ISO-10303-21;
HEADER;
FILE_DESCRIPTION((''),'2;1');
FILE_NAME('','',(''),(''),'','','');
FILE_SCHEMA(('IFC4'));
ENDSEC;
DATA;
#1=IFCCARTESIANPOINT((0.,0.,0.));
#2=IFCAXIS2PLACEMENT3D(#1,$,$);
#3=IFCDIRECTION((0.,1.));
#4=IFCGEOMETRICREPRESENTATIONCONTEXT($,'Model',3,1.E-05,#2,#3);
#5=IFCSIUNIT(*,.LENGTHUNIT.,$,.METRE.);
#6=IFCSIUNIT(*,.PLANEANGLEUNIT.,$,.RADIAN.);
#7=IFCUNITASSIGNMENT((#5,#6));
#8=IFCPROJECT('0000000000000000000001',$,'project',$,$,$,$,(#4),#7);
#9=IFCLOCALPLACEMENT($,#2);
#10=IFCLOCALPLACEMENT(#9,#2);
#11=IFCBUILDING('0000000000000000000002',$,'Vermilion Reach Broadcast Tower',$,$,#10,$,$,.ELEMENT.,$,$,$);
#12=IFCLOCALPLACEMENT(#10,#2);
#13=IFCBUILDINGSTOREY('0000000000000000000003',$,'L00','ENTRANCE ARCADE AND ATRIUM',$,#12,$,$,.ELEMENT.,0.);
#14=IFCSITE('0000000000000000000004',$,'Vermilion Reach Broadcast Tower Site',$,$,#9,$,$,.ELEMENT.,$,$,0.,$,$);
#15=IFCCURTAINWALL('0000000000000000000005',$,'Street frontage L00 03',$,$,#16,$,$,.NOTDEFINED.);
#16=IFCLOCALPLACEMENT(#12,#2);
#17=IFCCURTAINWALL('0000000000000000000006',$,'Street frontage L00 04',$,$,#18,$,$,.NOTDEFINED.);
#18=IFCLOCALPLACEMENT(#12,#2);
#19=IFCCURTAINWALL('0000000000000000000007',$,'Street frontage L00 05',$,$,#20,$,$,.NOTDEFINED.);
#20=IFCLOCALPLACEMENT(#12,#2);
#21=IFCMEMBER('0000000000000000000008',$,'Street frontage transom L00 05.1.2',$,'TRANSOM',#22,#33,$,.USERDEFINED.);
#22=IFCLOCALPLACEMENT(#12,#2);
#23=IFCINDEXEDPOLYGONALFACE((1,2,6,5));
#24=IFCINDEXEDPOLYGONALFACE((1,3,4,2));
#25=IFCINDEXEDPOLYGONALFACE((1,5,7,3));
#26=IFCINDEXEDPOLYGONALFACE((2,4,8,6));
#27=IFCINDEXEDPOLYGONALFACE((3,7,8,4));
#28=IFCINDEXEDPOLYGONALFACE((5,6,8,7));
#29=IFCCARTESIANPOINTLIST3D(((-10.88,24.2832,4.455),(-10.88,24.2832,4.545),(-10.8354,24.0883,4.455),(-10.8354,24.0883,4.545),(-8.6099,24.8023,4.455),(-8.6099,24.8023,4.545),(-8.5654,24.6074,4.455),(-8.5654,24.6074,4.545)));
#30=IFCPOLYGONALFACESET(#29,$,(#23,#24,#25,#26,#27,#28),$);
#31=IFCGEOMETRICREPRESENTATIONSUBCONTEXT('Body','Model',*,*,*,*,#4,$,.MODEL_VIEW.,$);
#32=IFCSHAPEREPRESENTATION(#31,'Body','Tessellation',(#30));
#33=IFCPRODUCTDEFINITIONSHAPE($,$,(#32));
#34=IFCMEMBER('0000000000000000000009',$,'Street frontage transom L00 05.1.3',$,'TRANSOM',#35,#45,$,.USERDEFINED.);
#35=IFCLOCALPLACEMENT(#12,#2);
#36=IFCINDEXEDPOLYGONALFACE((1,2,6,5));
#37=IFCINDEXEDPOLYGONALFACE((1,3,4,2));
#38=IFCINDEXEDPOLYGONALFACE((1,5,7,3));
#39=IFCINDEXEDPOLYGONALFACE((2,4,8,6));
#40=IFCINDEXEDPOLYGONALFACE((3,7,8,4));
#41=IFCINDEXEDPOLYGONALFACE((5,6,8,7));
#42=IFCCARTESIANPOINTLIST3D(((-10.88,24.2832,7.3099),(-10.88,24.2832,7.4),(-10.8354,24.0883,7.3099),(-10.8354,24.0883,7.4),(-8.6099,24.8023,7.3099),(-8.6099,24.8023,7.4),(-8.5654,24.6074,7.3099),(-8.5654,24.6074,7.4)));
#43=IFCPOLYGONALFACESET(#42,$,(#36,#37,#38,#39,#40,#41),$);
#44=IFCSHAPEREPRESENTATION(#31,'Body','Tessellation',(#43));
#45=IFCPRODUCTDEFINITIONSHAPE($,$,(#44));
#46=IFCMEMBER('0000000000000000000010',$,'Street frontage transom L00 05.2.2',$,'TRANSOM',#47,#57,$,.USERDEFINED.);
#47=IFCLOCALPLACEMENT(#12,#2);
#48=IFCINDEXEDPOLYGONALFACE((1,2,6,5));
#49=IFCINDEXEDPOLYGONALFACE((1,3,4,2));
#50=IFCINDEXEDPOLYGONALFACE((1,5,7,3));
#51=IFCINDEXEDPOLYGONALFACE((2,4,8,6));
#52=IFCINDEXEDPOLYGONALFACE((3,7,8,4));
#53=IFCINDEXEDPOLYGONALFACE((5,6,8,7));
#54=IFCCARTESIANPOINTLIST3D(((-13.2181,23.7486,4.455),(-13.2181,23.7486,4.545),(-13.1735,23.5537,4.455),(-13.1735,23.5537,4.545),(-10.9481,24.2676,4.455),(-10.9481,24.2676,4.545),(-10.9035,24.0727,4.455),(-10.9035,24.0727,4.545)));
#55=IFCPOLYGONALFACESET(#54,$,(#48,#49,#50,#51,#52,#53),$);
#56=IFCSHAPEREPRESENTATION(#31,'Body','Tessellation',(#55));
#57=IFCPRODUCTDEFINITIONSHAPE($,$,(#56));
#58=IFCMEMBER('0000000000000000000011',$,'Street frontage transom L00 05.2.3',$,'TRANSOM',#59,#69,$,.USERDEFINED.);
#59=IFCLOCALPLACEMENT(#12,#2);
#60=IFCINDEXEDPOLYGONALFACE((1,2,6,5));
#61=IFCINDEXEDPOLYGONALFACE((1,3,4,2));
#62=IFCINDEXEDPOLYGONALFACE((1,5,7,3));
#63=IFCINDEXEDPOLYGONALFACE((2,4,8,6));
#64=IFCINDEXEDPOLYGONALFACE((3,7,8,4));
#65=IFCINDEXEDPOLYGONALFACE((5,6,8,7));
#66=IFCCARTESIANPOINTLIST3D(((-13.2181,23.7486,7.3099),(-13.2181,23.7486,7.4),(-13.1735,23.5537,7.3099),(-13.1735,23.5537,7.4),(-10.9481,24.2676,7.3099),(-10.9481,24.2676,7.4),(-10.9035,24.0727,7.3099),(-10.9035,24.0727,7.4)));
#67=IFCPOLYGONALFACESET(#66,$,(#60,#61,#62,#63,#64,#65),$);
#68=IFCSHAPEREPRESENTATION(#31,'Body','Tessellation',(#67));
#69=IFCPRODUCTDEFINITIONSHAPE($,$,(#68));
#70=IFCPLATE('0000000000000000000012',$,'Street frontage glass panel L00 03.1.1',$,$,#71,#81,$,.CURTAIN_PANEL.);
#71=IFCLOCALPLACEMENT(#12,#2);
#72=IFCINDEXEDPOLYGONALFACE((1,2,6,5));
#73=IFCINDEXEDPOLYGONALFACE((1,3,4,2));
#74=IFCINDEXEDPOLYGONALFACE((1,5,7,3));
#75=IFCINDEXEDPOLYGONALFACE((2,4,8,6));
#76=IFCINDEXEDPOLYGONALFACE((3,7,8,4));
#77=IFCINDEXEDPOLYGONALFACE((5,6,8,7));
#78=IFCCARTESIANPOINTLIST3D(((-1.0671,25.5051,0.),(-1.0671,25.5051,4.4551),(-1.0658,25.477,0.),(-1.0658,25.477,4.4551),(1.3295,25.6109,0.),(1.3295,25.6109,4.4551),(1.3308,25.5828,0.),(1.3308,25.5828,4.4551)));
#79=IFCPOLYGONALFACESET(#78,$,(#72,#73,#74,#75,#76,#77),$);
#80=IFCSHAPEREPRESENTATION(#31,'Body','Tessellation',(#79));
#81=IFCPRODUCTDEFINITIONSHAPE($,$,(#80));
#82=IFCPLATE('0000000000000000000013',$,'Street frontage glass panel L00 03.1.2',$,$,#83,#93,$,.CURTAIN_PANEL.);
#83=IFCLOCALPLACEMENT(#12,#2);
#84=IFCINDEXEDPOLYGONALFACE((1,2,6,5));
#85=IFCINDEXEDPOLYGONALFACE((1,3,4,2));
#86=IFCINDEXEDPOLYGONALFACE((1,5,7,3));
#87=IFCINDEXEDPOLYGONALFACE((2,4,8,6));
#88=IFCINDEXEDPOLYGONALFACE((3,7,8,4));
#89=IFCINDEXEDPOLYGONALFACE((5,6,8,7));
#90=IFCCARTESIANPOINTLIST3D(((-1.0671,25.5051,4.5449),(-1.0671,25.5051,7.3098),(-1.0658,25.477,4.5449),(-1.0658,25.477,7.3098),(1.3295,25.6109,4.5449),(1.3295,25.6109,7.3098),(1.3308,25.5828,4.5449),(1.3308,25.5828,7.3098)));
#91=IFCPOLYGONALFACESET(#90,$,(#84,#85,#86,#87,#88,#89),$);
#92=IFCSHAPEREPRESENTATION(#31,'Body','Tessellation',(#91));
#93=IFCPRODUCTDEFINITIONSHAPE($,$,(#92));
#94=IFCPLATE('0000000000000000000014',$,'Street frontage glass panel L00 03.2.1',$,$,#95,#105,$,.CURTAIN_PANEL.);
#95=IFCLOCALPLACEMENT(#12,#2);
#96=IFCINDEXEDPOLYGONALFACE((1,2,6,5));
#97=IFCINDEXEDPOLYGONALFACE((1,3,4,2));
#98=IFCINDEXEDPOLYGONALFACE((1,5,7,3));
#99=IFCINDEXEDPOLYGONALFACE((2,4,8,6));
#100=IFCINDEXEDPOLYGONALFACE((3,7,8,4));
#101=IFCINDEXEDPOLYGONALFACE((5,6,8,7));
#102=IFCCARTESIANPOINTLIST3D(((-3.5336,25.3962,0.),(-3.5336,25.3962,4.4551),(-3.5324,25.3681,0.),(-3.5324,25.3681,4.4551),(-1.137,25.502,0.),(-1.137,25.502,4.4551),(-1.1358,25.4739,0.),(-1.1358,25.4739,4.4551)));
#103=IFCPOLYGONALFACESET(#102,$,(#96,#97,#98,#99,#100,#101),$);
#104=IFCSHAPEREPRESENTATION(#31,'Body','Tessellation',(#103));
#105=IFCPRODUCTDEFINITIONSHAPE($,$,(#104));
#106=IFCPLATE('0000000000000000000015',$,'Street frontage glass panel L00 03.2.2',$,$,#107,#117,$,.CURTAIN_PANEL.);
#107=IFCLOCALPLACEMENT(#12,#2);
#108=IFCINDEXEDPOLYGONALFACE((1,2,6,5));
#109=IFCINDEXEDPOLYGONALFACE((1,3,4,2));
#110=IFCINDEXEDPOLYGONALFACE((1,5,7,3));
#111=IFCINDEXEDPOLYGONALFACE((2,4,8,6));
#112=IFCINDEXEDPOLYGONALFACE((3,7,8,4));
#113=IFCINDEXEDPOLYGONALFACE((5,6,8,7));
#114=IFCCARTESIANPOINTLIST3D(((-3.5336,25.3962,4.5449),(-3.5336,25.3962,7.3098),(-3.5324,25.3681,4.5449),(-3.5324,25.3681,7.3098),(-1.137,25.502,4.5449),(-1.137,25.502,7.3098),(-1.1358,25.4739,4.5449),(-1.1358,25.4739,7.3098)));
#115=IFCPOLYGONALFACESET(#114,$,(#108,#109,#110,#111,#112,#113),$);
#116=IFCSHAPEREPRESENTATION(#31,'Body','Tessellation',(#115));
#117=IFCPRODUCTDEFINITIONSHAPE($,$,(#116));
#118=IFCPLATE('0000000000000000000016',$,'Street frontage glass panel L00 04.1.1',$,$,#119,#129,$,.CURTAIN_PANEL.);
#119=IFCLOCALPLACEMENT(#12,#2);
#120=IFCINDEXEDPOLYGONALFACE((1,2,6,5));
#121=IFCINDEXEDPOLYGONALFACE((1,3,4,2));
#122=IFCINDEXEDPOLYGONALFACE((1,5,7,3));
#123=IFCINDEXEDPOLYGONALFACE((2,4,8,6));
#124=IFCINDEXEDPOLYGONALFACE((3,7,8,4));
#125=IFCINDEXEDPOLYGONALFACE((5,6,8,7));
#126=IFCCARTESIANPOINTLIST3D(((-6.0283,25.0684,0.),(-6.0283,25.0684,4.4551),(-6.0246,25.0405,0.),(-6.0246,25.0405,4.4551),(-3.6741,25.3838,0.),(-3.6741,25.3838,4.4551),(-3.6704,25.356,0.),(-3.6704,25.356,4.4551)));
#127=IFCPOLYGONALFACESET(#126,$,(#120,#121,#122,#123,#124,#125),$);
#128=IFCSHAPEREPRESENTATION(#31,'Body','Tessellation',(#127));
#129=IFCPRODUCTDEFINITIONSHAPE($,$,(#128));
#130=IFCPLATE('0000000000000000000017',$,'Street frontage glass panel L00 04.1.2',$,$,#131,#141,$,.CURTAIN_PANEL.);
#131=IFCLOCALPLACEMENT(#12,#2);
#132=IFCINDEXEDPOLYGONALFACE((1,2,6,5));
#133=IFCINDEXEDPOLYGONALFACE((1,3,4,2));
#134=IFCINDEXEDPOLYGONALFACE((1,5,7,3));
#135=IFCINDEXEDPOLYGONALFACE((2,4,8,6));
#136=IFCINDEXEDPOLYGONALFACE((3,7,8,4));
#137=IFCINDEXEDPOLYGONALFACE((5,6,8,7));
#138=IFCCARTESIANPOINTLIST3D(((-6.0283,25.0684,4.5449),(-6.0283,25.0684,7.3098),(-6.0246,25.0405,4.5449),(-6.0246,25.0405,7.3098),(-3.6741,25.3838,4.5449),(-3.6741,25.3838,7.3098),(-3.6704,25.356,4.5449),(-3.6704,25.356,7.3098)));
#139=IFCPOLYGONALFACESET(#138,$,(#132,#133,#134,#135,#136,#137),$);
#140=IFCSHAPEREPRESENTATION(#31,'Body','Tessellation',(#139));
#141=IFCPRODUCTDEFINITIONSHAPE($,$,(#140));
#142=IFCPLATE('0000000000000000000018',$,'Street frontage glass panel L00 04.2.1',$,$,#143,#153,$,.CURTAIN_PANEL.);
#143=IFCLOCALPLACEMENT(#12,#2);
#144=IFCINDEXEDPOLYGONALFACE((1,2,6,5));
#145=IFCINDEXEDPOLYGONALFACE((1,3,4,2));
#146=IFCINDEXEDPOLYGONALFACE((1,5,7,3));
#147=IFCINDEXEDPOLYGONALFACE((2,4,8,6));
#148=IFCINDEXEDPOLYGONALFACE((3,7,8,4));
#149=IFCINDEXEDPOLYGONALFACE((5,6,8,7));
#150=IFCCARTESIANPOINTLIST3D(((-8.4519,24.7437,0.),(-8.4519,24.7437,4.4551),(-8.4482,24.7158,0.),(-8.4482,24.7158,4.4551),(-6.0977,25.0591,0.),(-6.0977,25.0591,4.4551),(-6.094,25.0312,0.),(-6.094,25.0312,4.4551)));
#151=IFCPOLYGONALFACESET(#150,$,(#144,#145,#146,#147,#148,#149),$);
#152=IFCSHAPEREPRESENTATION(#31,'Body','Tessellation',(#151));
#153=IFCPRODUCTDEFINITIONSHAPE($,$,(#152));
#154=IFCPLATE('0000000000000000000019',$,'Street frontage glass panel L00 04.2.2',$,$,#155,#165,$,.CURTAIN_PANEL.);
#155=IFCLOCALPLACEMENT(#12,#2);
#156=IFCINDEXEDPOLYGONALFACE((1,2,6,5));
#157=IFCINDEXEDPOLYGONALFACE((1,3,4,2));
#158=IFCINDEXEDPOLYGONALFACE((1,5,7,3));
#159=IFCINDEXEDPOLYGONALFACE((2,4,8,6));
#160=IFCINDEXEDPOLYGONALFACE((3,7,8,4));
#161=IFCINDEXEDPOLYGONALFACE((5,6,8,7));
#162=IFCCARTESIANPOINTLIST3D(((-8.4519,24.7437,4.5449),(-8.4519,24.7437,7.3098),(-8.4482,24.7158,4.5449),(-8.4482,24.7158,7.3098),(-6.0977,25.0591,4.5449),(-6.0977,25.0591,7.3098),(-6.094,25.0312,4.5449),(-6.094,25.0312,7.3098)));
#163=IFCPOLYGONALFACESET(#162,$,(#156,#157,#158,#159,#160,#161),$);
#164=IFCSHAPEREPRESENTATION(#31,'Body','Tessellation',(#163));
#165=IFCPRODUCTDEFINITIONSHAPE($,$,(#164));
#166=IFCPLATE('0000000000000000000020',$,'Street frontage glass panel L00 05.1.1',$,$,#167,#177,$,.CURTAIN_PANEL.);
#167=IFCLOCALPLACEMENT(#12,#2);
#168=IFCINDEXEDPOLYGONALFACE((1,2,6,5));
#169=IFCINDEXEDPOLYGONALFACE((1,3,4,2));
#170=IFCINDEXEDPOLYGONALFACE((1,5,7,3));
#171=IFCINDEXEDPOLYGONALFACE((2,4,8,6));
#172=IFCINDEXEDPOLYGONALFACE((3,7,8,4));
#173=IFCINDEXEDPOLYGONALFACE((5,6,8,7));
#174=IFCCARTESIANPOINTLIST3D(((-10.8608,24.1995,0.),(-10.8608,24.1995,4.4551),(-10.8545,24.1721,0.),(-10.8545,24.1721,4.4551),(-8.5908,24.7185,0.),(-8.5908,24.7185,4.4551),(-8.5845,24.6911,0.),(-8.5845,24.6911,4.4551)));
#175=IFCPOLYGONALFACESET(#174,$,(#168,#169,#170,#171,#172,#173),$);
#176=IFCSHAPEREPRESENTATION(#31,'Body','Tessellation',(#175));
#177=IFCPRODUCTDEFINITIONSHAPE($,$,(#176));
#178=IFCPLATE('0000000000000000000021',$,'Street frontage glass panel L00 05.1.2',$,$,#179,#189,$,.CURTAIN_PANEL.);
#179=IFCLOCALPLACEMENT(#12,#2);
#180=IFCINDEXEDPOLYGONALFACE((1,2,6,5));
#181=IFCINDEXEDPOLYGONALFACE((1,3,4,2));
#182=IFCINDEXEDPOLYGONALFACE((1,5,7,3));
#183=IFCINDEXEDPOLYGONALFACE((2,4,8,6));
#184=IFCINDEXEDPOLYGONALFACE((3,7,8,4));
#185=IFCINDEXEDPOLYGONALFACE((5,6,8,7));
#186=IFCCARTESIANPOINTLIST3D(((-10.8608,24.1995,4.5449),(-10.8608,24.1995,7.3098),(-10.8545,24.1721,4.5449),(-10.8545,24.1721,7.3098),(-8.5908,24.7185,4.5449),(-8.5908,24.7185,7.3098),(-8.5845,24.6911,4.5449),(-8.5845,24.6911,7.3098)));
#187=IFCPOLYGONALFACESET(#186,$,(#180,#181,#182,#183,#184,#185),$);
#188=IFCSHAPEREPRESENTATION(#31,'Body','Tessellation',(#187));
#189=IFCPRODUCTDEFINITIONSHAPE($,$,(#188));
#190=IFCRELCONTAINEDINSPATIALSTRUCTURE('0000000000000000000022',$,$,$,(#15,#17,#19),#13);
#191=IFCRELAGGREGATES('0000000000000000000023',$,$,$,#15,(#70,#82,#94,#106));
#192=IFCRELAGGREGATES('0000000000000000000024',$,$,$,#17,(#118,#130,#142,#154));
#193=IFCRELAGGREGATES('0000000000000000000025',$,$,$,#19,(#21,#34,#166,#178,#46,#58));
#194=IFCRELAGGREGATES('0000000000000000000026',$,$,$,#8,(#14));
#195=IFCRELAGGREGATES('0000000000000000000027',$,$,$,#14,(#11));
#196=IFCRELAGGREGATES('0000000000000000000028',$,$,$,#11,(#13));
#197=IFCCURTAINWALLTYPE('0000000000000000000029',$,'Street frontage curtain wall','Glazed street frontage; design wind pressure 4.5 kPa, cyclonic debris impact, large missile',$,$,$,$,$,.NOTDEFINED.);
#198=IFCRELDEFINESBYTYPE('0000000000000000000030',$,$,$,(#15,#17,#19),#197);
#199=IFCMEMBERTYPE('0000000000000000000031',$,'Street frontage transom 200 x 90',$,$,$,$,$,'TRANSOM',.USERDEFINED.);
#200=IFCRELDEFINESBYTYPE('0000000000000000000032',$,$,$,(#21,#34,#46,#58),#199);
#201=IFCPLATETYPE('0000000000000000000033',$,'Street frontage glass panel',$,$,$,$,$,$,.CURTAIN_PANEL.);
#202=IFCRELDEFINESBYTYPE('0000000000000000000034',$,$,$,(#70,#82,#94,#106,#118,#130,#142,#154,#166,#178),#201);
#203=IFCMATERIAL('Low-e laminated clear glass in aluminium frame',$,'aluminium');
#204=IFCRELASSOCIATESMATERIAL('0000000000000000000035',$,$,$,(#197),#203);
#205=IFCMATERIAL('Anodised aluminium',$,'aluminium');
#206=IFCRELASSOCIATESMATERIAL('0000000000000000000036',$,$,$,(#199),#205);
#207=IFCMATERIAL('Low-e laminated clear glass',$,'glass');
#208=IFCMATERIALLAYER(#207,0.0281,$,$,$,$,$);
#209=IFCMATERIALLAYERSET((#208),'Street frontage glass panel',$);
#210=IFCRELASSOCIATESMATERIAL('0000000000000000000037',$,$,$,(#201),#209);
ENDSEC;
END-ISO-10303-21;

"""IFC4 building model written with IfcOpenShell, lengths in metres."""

from ifc_helpers import new_model, si_unit, direction, frame, origin, origin_2d, place, context, subcontext, project, spatial, rectangle, extrude, material, layer, layer_set, material_profile, profile_set, type_object, element, aggregate, save


model = new_model("IFC4")

# Units and contexts
model_context = context("Model", 3, precision=1e-05, world=origin(), true_north=direction((0.0, 1.0)))
body_context = subcontext(model_context, "Body", "Model", "MODEL_VIEW")
ifc_project = project(units=[si_unit("LENGTHUNIT", "METRE"), si_unit("PLANEANGLEUNIT", "RADIAN")], contexts=[model_context])

# Site, building, storey
site_placement = place(None, origin())
site = spatial("IfcSite", under=ifc_project, at=site_placement, Name="Vermilion Reach Broadcast Tower Site", CompositionType="ELEMENT", RefElevation=0.0)
building_placement = place(site_placement, origin())
building = spatial("IfcBuilding", under=site, at=building_placement, Name="Vermilion Reach Broadcast Tower", CompositionType="ELEMENT")
storey_placement = place(building_placement, origin())
storey = spatial("IfcBuildingStorey", under=building, at=storey_placement, Name="L00", Description="ENTRANCE ARCADE AND ATRIUM", CompositionType="ELEMENT", Elevation=0.0)

# Curtain walls
ifc_material_1 = material(Name="Low-e laminated clear glass in aluminium frame", Category="aluminium")
curtain_wall_type = type_object("IfcCurtainWallType", Name="Street frontage curtain wall", Description="Glazed street frontage; design wind pressure 4.5 kPa, cyclonic debris impact, large missile", PredefinedType="NOTDEFINED", material=ifc_material_1)
placement = place(storey_placement, origin())
curtain_wall_1 = element("IfcCurtainWall", 1, at=placement, inside=storey, type_object=curtain_wall_type, Name="Street frontage L00 03", PredefinedType="NOTDEFINED")
curtain_wall_2 = element("IfcCurtainWall", 2, at=placement, inside=storey, type_object=curtain_wall_type, Name="Street frontage L00 04", PredefinedType="NOTDEFINED")
curtain_wall_3 = element("IfcCurtainWall", 3, at=placement, inside=storey, type_object=curtain_wall_type, Name="Street frontage L00 05", PredefinedType="NOTDEFINED")

# Members
ifc_material_2 = material(Name="Anodised aluminium", Category="aluminium")
ifc_material_profile_1 = material_profile(ifc_material_2, rectangle(XDim=0.2, YDim=0.0901, at=origin_2d()), Name="Street frontage transom 200 x 90")
ifc_profile_set_1 = profile_set([ifc_material_profile_1], Name="Anodised aluminium")
member_type_1 = type_object("IfcMemberType", Name="Street frontage transom 200 x 90", ElementType="TRANSOM", PredefinedType="USERDEFINED", material=ifc_profile_set_1)
member_1_placement = place(storey_placement, frame((-8.5876, 24.7048, 4.5), z_axis=(-0.974842, -0.222899, 0.0), x_axis=(0.222899, -0.974842, 0.0)))
member_1 = element("IfcMember", 4, at=member_1_placement, type_object=member_type_1, Name="Street frontage transom L00 05.1.2", ObjectType="TRANSOM", PredefinedType="USERDEFINED", context=body_context, shape_type="SweptSolid", body=[
    extrude(rectangle(XDim=0.2, YDim=0.0901, at=origin_2d()), origin(), (0.0, 0.0, 1.0), 2.3286),
])
member_2_placement = place(storey_placement, frame((-8.5876, 24.7048, 7.355), z_axis=(-0.974842, -0.222899, 0.0), x_axis=(0.222899, -0.974842, 0.0)))
member_2 = element("IfcMember", 5, at=member_2_placement, type_object=member_type_1, Name="Street frontage transom L00 05.1.3", ObjectType="TRANSOM", PredefinedType="USERDEFINED", context=body_context, shape_type="SweptSolid", body=[
    extrude(rectangle(XDim=0.2, YDim=0.0901, at=origin_2d()), origin(), (0.0, 0.0, 1.0), 2.3286),
])
member_3_placement = place(storey_placement, frame((-10.9258, 24.1702, 4.5), z_axis=(-0.974842, -0.222899, 0.0), x_axis=(0.222899, -0.974842, 0.0)))
member_3 = element("IfcMember", 6, at=member_3_placement, type_object=member_type_1, Name="Street frontage transom L00 05.2.2", ObjectType="TRANSOM", PredefinedType="USERDEFINED", context=body_context, shape_type="SweptSolid", body=[
    extrude(rectangle(XDim=0.2, YDim=0.0901, at=origin_2d()), origin(), (0.0, 0.0, 1.0), 2.3286),
])
member_4_placement = place(storey_placement, frame((-10.9258, 24.1702, 7.355), z_axis=(-0.974842, -0.222899, 0.0), x_axis=(0.222899, -0.974842, 0.0)))
member_4 = element("IfcMember", 7, at=member_4_placement, type_object=member_type_1, Name="Street frontage transom L00 05.2.3", ObjectType="TRANSOM", PredefinedType="USERDEFINED", context=body_context, shape_type="SweptSolid", body=[
    extrude(rectangle(XDim=0.2, YDim=0.0901, at=origin_2d()), origin(), (0.0, 0.0, 1.0), 2.3286),
])

# Plates
ifc_material_3 = material(Name="Low-e laminated clear glass", Category="glass")
ifc_layer = layer(ifc_material_3, 0.0281)
ifc_layer_set = layer_set([ifc_layer], Name="Street frontage glass panel")
plate_type = type_object("IfcPlateType", Name="Street frontage glass panel", PredefinedType="CURTAIN_PANEL", material=ifc_layer_set)
plate_1_placement = place(storey_placement, frame((0.1318, 25.5439, 0.0), z_axis=(0.0, 0.0, 1.0), x_axis=(-0.999027, -0.044105, 0.0)))
plate_1 = element("IfcPlate", 8, at=plate_1_placement, type_object=plate_type, Name="Street frontage glass panel L00 03.1.1", PredefinedType="CURTAIN_PANEL", context=body_context, shape_type="SweptSolid", body=[
    extrude(rectangle(XDim=2.3989, YDim=0.0281, at=origin_2d()), origin(), (0.0, 0.0, 1.0), 4.4551),
])
plate_2_placement = place(storey_placement, frame((0.1318, 25.5439, 4.5449), z_axis=(0.0, 0.0, 1.0), x_axis=(-0.999027, -0.044105, 0.0)))
plate_2 = element("IfcPlate", 9, at=plate_2_placement, type_object=plate_type, Name="Street frontage glass panel L00 03.1.2", PredefinedType="CURTAIN_PANEL", context=body_context, shape_type="SweptSolid", body=[
    extrude(rectangle(XDim=2.3989, YDim=0.0281, at=origin_2d()), origin(), (0.0, 0.0, 1.0), 2.7649),
])
plate_3_placement = place(storey_placement, frame((-2.3347, 25.4351, 0.0), z_axis=(0.0, 0.0, 1.0), x_axis=(-0.999027, -0.044105, 0.0)))
plate_3 = element("IfcPlate", 10, at=plate_3_placement, type_object=plate_type, Name="Street frontage glass panel L00 03.2.1", PredefinedType="CURTAIN_PANEL", context=body_context, shape_type="SweptSolid", body=[
    extrude(rectangle(XDim=2.3989, YDim=0.0281, at=origin_2d()), origin(), (0.0, 0.0, 1.0), 4.4551),
])
plate_4_placement = place(storey_placement, frame((-2.3347, 25.4351, 4.5449), z_axis=(0.0, 0.0, 1.0), x_axis=(-0.999027, -0.044105, 0.0)))
plate_4 = element("IfcPlate", 11, at=plate_4_placement, type_object=plate_type, Name="Street frontage glass panel L00 03.2.2", PredefinedType="CURTAIN_PANEL", context=body_context, shape_type="SweptSolid", body=[
    extrude(rectangle(XDim=2.3989, YDim=0.0281, at=origin_2d()), origin(), (0.0, 0.0, 1.0), 2.7649),
])
aggregate(curtain_wall_1, [plate_1, plate_2, plate_3, plate_4])
plate_5_placement = place(storey_placement, frame((-4.8494, 25.2122, 0.0), z_axis=(0.0, 0.0, 1.0), x_axis=(-0.991144, -0.132794, 0.0)))
plate_5 = element("IfcPlate", 12, at=plate_5_placement, type_object=plate_type, Name="Street frontage glass panel L00 04.1.1", PredefinedType="CURTAIN_PANEL", context=body_context, shape_type="SweptSolid", body=[
    extrude(rectangle(XDim=2.3752, YDim=0.0281, at=origin_2d()), origin(), (0.0, 0.0, 1.0), 4.4551),
])
plate_6_placement = place(storey_placement, frame((-4.8494, 25.2122, 4.5449), z_axis=(0.0, 0.0, 1.0), x_axis=(-0.991144, -0.132794, 0.0)))
plate_6 = element("IfcPlate", 13, at=plate_6_placement, type_object=plate_type, Name="Street frontage glass panel L00 04.1.2", PredefinedType="CURTAIN_PANEL", context=body_context, shape_type="SweptSolid", body=[
    extrude(rectangle(XDim=2.3752, YDim=0.0281, at=origin_2d()), origin(), (0.0, 0.0, 1.0), 2.7649),
])
plate_7_placement = place(storey_placement, frame((-7.2729, 24.8875, 0.0), z_axis=(0.0, 0.0, 1.0), x_axis=(-0.991144, -0.132794, 0.0)))
plate_7 = element("IfcPlate", 14, at=plate_7_placement, type_object=plate_type, Name="Street frontage glass panel L00 04.2.1", PredefinedType="CURTAIN_PANEL", context=body_context, shape_type="SweptSolid", body=[
    extrude(rectangle(XDim=2.3752, YDim=0.0281, at=origin_2d()), origin(), (0.0, 0.0, 1.0), 4.4551),
])
plate_8_placement = place(storey_placement, frame((-7.2729, 24.8875, 4.5449), z_axis=(0.0, 0.0, 1.0), x_axis=(-0.991144, -0.132794, 0.0)))
plate_8 = element("IfcPlate", 15, at=plate_8_placement, type_object=plate_type, Name="Street frontage glass panel L00 04.2.2", PredefinedType="CURTAIN_PANEL", context=body_context, shape_type="SweptSolid", body=[
    extrude(rectangle(XDim=2.3752, YDim=0.0281, at=origin_2d()), origin(), (0.0, 0.0, 1.0), 2.7649),
])
aggregate(curtain_wall_2, [plate_5, plate_6, plate_7, plate_8])
plate_9_placement = place(storey_placement, frame((-9.7227, 24.4453, 0.0), z_axis=(0.0, 0.0, 1.0), x_axis=(-0.974843, -0.222892, 0.0)))
plate_9 = element("IfcPlate", 16, at=plate_9_placement, type_object=plate_type, Name="Street frontage glass panel L00 05.1.1", PredefinedType="CURTAIN_PANEL", context=body_context, shape_type="SweptSolid", body=[
    extrude(rectangle(XDim=2.3286, YDim=0.0281, at=origin_2d()), origin(), (0.0, 0.0, 1.0), 4.4551),
])
plate_10_placement = place(storey_placement, frame((-9.7227, 24.4453, 4.5449), z_axis=(0.0, 0.0, 1.0), x_axis=(-0.974843, -0.222892, 0.0)))
plate_10 = element("IfcPlate", 17, at=plate_10_placement, type_object=plate_type, Name="Street frontage glass panel L00 05.1.2", PredefinedType="CURTAIN_PANEL", context=body_context, shape_type="SweptSolid", body=[
    extrude(rectangle(XDim=2.3286, YDim=0.0281, at=origin_2d()), origin(), (0.0, 0.0, 1.0), 2.7649),
])
aggregate(curtain_wall_3, [member_1, member_2, plate_9, plate_10, member_3, member_4])

save(model, "model.ifc")
